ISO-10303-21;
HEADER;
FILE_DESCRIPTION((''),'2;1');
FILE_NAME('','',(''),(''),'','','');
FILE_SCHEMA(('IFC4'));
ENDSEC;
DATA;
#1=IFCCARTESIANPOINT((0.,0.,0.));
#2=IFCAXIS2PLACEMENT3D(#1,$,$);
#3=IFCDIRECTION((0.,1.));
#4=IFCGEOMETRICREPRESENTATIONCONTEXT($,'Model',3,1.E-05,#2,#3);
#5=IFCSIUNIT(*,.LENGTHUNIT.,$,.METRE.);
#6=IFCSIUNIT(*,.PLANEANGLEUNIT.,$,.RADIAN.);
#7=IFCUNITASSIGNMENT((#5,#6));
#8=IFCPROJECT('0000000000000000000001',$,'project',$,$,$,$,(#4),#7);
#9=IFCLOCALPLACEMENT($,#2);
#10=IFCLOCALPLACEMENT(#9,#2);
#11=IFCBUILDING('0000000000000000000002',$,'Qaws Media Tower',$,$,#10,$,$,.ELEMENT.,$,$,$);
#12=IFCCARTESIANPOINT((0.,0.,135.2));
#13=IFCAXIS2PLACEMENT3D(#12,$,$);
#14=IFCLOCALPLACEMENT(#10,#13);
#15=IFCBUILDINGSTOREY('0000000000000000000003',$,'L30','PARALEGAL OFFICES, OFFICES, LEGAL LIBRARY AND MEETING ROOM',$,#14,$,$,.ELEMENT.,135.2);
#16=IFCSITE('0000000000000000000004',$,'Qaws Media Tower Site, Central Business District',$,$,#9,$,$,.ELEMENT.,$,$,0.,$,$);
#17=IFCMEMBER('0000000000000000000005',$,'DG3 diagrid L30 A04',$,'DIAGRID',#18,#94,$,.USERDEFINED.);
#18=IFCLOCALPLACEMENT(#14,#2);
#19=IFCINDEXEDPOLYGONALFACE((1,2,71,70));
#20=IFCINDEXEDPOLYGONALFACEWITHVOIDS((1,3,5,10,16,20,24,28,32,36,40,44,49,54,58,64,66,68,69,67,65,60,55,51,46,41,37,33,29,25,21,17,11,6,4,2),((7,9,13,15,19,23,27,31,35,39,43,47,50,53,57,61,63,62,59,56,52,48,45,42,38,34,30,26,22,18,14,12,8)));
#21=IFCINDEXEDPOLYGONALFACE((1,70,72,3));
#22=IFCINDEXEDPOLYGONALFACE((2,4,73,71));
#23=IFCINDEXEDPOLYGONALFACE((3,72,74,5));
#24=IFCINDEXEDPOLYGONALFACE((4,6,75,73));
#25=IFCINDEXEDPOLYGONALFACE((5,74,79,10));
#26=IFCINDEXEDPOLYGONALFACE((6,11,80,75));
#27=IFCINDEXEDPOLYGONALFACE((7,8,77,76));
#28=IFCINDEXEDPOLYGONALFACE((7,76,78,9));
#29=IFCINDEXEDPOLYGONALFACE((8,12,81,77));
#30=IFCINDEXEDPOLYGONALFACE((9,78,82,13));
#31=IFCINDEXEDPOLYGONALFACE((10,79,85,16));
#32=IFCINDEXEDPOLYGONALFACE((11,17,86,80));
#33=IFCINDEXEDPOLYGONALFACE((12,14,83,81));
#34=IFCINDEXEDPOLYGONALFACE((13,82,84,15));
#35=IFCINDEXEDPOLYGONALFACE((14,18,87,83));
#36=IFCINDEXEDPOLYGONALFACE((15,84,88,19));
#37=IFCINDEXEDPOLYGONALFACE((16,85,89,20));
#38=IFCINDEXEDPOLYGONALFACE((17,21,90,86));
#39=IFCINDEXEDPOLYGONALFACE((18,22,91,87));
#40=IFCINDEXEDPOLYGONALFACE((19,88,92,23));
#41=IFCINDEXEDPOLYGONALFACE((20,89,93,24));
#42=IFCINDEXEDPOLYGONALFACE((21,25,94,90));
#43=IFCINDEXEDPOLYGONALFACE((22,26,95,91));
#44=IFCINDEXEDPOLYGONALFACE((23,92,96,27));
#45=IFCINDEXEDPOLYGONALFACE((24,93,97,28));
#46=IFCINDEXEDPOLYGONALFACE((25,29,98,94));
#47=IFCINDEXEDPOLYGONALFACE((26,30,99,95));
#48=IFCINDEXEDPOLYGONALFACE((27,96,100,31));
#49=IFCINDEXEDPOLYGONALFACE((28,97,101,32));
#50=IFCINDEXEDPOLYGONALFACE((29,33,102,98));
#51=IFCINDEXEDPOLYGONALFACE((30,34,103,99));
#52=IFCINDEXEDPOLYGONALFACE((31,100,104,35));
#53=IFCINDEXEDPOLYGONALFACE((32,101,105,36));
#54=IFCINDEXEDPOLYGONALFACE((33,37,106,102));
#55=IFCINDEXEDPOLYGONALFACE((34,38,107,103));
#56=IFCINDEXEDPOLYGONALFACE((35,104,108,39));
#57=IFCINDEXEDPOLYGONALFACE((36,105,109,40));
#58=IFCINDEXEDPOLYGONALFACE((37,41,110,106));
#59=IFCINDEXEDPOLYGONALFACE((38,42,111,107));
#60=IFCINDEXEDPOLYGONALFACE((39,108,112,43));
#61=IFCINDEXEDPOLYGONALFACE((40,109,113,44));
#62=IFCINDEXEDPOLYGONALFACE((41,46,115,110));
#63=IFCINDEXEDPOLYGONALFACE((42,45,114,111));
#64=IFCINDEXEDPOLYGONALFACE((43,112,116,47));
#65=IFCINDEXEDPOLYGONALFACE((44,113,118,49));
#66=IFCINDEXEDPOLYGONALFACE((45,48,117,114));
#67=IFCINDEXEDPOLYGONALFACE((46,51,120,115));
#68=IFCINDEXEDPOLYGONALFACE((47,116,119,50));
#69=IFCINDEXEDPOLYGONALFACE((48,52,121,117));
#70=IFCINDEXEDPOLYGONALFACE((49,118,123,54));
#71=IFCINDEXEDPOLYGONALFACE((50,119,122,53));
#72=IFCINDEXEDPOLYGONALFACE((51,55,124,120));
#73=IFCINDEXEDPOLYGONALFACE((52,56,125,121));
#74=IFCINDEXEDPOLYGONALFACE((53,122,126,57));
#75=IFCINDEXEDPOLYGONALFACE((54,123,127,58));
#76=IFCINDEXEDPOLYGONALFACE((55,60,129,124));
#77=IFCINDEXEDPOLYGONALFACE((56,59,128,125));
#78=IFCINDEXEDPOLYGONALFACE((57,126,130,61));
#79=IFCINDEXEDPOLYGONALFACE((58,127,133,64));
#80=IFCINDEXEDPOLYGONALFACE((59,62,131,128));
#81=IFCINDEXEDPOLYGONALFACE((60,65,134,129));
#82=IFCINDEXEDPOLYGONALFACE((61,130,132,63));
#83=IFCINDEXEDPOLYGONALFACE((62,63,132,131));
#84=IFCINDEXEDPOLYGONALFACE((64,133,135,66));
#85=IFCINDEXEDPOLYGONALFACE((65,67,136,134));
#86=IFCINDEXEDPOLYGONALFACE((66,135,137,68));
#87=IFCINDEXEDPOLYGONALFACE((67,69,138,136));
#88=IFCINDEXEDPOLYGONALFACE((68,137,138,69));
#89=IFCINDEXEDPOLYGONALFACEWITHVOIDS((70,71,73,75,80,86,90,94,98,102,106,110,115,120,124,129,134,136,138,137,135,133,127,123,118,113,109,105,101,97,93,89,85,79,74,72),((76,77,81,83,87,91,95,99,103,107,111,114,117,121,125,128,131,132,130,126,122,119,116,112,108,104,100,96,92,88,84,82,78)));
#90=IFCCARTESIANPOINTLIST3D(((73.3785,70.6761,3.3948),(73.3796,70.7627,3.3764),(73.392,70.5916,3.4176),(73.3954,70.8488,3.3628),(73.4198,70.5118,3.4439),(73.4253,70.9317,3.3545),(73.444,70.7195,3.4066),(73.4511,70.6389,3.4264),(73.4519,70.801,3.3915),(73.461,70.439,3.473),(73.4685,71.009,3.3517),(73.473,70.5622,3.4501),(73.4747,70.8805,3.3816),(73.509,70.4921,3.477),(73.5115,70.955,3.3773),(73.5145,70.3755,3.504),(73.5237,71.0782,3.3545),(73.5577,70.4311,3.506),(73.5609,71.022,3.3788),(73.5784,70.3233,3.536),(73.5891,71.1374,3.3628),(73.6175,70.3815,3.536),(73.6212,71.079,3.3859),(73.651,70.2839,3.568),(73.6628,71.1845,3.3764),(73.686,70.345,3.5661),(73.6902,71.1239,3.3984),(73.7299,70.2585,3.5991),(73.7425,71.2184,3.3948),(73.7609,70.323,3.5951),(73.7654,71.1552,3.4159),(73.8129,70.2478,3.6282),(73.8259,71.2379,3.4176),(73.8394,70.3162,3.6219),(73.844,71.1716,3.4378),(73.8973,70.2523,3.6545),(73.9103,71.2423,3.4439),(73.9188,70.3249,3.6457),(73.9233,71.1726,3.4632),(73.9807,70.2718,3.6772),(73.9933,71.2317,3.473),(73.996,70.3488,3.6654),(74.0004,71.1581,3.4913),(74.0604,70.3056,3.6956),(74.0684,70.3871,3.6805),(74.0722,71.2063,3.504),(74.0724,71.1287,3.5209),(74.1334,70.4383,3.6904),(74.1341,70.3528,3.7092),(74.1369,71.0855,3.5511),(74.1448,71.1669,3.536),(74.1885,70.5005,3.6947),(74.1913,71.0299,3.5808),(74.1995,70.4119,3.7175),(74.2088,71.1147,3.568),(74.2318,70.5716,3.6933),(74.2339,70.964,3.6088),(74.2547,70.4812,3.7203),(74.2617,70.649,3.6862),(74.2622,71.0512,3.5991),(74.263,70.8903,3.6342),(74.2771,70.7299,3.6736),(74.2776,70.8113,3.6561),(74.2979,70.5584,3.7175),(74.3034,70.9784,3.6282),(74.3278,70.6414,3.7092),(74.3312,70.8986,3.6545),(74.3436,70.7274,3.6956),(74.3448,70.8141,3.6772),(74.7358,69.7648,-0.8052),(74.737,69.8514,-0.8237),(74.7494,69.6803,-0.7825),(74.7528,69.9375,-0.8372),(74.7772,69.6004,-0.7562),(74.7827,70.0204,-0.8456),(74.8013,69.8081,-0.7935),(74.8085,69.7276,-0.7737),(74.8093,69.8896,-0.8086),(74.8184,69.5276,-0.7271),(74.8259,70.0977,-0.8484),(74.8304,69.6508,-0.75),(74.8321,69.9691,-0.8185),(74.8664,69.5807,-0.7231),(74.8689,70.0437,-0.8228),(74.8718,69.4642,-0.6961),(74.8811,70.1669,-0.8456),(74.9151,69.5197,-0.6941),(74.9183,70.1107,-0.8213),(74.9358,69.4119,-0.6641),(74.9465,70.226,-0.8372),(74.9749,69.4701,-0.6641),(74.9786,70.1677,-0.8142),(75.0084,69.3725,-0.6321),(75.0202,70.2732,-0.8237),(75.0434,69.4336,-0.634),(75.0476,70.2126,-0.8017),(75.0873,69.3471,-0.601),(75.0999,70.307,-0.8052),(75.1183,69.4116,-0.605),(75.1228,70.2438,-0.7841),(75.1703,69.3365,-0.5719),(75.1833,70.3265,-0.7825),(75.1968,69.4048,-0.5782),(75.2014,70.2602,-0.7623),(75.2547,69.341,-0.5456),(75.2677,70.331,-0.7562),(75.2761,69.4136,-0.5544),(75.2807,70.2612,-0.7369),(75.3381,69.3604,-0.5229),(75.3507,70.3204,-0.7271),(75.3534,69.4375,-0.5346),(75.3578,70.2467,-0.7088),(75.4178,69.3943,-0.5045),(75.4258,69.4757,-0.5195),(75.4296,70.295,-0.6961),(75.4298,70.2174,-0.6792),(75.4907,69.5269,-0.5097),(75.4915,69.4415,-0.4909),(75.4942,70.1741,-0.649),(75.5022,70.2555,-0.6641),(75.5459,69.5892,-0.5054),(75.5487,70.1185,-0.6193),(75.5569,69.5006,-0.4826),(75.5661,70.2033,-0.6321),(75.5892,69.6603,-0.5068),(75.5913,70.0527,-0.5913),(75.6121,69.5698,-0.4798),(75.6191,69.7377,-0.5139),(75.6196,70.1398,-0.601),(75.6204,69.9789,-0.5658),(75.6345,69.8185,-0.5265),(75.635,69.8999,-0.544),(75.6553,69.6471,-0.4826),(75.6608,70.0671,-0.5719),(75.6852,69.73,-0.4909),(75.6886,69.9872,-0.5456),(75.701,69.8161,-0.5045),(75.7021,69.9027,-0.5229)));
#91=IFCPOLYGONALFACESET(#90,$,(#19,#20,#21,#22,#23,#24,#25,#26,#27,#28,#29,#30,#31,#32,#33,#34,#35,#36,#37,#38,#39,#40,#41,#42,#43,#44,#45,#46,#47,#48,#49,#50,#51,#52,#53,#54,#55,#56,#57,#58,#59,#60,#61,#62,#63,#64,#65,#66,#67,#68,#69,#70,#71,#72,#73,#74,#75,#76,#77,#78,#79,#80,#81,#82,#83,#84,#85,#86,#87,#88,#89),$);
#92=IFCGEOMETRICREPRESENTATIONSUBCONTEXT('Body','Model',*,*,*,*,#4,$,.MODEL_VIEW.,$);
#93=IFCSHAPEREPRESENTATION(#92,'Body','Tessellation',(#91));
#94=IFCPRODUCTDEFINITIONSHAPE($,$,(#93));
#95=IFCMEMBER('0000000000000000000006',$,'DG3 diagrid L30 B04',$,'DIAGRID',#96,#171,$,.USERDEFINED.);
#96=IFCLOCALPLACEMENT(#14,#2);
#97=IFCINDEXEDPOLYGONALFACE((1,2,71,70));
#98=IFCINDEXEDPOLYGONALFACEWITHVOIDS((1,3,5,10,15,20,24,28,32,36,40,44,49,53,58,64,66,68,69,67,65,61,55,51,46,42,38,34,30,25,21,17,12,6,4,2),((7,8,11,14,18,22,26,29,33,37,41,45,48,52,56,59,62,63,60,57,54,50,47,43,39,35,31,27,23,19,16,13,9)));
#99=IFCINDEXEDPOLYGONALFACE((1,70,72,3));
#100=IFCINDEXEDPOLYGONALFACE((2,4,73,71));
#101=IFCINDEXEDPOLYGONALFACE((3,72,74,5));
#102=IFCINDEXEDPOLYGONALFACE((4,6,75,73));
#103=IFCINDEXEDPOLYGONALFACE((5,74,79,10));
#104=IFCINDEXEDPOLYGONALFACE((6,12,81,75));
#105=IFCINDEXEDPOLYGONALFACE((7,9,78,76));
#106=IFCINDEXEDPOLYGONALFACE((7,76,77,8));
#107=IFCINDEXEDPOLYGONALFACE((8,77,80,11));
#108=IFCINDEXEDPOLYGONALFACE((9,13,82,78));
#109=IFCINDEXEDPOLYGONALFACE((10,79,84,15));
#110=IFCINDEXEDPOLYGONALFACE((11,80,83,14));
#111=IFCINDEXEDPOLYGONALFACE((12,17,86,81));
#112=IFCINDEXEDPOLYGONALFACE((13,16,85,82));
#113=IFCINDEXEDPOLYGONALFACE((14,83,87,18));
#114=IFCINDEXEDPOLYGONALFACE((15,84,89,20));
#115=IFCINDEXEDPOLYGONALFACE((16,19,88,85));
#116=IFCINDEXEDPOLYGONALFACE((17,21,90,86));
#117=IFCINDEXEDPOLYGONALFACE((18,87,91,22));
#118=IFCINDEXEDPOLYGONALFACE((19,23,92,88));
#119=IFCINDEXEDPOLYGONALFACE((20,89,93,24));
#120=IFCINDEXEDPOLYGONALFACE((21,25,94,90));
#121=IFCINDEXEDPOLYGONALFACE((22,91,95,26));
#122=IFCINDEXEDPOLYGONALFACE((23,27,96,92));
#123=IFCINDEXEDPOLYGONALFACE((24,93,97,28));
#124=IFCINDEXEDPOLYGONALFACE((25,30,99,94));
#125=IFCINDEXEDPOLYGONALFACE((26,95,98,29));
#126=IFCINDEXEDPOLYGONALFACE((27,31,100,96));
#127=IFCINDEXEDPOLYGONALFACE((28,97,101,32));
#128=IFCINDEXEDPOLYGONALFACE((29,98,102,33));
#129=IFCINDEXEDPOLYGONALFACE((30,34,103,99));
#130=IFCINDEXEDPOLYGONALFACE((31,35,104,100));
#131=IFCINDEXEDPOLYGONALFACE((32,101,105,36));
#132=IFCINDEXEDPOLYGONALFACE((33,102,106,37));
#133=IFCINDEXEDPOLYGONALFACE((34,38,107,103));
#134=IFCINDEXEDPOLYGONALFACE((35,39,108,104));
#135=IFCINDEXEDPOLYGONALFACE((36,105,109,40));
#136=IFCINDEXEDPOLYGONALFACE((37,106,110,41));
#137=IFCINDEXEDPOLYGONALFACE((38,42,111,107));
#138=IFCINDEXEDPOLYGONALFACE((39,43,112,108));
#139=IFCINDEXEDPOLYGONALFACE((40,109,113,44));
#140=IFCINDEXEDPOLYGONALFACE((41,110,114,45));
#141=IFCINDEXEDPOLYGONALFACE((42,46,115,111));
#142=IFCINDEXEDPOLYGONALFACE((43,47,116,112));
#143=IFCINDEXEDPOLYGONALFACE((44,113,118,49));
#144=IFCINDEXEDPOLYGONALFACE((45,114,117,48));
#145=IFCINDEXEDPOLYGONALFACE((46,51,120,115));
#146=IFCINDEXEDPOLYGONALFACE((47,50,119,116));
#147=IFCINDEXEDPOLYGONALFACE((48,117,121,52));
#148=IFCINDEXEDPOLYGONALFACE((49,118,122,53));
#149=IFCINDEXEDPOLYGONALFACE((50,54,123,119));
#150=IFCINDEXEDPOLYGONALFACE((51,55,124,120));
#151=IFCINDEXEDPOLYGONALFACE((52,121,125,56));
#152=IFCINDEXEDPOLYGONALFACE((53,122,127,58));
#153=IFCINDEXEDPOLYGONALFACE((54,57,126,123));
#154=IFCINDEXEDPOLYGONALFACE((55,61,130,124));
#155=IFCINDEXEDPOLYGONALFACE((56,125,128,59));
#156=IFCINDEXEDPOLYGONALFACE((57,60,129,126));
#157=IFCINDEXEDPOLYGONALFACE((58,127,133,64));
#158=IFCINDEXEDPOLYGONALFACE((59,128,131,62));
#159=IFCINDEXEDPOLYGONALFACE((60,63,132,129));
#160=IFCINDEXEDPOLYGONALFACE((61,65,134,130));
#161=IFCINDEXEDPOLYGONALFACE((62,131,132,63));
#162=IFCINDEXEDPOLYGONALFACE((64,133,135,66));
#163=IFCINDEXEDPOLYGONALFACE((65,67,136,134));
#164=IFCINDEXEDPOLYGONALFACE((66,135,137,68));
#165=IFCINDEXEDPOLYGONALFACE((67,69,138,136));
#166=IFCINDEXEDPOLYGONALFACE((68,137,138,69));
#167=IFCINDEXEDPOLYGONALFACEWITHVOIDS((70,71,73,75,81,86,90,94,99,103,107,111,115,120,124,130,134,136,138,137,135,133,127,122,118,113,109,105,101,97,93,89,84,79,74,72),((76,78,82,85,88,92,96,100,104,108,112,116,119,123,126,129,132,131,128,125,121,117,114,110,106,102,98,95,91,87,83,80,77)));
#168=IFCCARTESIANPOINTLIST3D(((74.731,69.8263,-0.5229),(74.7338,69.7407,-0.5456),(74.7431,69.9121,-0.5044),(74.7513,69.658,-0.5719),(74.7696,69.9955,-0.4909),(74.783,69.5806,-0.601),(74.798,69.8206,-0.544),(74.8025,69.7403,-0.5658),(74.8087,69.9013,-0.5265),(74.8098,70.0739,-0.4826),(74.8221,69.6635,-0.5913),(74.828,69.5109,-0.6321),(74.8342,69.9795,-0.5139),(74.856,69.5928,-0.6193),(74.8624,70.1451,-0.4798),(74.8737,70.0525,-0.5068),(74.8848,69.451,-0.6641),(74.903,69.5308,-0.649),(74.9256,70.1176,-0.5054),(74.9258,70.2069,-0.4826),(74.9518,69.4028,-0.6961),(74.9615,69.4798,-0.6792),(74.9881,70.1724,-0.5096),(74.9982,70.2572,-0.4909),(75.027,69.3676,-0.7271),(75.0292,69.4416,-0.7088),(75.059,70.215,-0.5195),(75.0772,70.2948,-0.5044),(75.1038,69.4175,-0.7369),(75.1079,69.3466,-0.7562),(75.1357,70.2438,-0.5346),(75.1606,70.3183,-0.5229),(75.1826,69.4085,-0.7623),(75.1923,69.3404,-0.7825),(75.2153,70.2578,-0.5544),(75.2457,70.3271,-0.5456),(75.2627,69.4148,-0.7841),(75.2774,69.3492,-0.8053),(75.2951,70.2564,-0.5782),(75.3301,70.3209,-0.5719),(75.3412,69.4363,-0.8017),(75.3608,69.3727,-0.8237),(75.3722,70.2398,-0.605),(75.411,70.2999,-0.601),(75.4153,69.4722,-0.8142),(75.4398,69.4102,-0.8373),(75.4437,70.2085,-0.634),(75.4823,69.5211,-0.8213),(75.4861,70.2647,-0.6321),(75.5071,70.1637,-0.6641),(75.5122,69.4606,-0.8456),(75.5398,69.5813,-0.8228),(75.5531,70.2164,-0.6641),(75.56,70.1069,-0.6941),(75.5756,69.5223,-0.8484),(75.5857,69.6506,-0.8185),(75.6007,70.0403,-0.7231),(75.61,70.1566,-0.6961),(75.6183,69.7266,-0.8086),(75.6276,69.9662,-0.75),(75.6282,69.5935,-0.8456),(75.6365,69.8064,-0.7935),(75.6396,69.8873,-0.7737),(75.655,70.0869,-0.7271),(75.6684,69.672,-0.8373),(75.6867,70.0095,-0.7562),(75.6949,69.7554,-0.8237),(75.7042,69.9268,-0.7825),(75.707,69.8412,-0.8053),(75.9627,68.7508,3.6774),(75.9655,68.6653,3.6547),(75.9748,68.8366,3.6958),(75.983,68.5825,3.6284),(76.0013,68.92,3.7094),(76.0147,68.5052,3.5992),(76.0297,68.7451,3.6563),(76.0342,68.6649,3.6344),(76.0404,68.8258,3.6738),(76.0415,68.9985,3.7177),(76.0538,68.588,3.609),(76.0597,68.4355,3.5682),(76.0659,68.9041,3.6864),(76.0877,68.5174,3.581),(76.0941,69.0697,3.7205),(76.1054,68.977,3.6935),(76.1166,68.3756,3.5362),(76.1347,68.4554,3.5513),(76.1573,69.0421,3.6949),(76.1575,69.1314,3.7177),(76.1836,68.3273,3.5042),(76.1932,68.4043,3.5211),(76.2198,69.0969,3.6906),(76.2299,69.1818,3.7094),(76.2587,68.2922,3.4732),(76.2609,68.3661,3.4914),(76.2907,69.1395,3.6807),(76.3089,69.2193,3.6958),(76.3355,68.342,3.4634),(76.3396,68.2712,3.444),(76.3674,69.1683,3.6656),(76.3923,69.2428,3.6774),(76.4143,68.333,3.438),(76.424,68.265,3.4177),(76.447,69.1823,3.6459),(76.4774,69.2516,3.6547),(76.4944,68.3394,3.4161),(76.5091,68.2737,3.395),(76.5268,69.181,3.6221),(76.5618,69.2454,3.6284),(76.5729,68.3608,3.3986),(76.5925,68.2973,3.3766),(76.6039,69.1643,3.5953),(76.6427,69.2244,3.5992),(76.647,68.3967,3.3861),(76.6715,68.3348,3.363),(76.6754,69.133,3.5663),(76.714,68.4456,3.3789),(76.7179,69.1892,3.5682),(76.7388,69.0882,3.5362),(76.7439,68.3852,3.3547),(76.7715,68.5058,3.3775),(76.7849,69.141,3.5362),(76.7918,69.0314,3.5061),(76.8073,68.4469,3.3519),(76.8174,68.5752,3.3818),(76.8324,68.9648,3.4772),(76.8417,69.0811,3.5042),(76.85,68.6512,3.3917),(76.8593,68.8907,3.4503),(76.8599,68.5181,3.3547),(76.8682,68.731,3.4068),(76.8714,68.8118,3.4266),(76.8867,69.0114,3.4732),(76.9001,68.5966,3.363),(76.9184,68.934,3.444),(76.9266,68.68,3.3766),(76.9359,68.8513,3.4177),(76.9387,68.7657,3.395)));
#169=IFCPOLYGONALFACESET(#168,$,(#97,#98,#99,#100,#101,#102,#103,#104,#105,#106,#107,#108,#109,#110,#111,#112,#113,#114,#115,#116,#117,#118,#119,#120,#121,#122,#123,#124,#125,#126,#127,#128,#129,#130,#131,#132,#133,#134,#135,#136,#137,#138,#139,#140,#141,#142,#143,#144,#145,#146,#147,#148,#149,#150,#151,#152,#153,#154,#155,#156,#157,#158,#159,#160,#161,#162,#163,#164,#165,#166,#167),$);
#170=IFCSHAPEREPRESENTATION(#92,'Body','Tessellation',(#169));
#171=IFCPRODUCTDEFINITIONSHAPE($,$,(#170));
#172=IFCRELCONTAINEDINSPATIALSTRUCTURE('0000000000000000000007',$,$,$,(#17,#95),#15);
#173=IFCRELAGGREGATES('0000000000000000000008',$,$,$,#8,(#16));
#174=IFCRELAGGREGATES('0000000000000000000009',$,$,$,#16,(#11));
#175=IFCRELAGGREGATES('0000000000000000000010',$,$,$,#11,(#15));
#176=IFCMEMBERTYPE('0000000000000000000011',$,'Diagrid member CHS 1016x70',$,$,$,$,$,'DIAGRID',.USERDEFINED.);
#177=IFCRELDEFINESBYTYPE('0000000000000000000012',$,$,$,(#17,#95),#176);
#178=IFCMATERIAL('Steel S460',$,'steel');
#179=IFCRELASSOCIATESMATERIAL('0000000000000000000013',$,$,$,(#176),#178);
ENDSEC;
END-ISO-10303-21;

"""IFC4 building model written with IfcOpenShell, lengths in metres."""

from ifc_helpers import new_model, si_unit, direction, frame, origin, origin_2d, place, context, subcontext, project, spatial, hollow_circle, extrude, material, material_profile, profile_set, type_object, element, save


model = new_model("IFC4")

# Units and contexts
model_context = context("Model", 3, precision=1e-05, world=origin(), true_north=direction((0.0, 1.0)))
body_context = subcontext(model_context, "Body", "Model", "MODEL_VIEW")
ifc_project = project(units=[si_unit("LENGTHUNIT", "METRE"), si_unit("PLANEANGLEUNIT", "RADIAN")], contexts=[model_context])

# Site, building, storey
site_placement = place(None, origin())
site = spatial("IfcSite", under=ifc_project, at=site_placement, Name="Qaws Media Tower Site, Central Business District", CompositionType="ELEMENT", RefElevation=0.0)
building_placement = place(site_placement, origin())
building = spatial("IfcBuilding", under=site, at=building_placement, Name="Qaws Media Tower", CompositionType="ELEMENT")
storey_placement = place(building_placement, frame((0.0, 0.0, 135.2)))
storey = spatial("IfcBuildingStorey", under=building, at=storey_placement, Name="L30", Description="PARALEGAL OFFICES, OFFICES, LEGAL LIBRARY AND MEETING ROOM", CompositionType="ELEMENT", Elevation=135.2)

# Members
ifc_material_1 = material(Name="Steel S460", Category="steel")
ifc_material_profile_1 = material_profile(ifc_material_1, hollow_circle(Radius=0.5081, WallThickness=0.0701, at=origin_2d()), Name="CHS 1016x70")
ifc_profile_set_1 = profile_set([ifc_material_profile_1], Name="Steel S460")
member_type_1 = type_object("IfcMemberType", Name="Diagrid member CHS 1016x70", ElementType="DIAGRID", PredefinedType="USERDEFINED", material=ifc_profile_set_1)
for number, where, z_axis, x_axis, name in (
    (1, (75.219, 69.8337, -0.6641), (-0.301168, 0.202205, 0.931886), (-0.557419, -0.830231, 0.0), "DG3 diagrid L30 A04"),
):
    element("IfcMember", number, at=place(storey_placement, frame(where, z_axis=z_axis, x_axis=x_axis)), inside=storey, type_object=member_type_1, Name=name, ObjectType="DIAGRID", PredefinedType="USERDEFINED", context=body_context, shape_type="SweptSolid", body=[
        extrude(hollow_circle(Radius=0.5081, WallThickness=0.0701, at=origin_2d()), origin(), (0.0, 0.0, 1.0), 4.5071),
    ])
member_1_placement = place(storey_placement, frame((75.219, 69.8337, -0.6641), z_axis=(0.273269, -0.238602, 0.931876), x_axis=(0.657711, 0.75327, 0.0)))
element("IfcMember", 2, at=member_1_placement, inside=storey, type_object=member_type_1, Name="DG3 diagrid L30 B04", ObjectType="DIAGRID", PredefinedType="USERDEFINED", context=body_context, shape_type="SweptSolid", body=[
    extrude(hollow_circle(Radius=0.5081, WallThickness=0.0701, at=origin_2d()), origin(), (0.0, 0.0, 1.0), 4.5073),
])

save(model, "model.ifc")
